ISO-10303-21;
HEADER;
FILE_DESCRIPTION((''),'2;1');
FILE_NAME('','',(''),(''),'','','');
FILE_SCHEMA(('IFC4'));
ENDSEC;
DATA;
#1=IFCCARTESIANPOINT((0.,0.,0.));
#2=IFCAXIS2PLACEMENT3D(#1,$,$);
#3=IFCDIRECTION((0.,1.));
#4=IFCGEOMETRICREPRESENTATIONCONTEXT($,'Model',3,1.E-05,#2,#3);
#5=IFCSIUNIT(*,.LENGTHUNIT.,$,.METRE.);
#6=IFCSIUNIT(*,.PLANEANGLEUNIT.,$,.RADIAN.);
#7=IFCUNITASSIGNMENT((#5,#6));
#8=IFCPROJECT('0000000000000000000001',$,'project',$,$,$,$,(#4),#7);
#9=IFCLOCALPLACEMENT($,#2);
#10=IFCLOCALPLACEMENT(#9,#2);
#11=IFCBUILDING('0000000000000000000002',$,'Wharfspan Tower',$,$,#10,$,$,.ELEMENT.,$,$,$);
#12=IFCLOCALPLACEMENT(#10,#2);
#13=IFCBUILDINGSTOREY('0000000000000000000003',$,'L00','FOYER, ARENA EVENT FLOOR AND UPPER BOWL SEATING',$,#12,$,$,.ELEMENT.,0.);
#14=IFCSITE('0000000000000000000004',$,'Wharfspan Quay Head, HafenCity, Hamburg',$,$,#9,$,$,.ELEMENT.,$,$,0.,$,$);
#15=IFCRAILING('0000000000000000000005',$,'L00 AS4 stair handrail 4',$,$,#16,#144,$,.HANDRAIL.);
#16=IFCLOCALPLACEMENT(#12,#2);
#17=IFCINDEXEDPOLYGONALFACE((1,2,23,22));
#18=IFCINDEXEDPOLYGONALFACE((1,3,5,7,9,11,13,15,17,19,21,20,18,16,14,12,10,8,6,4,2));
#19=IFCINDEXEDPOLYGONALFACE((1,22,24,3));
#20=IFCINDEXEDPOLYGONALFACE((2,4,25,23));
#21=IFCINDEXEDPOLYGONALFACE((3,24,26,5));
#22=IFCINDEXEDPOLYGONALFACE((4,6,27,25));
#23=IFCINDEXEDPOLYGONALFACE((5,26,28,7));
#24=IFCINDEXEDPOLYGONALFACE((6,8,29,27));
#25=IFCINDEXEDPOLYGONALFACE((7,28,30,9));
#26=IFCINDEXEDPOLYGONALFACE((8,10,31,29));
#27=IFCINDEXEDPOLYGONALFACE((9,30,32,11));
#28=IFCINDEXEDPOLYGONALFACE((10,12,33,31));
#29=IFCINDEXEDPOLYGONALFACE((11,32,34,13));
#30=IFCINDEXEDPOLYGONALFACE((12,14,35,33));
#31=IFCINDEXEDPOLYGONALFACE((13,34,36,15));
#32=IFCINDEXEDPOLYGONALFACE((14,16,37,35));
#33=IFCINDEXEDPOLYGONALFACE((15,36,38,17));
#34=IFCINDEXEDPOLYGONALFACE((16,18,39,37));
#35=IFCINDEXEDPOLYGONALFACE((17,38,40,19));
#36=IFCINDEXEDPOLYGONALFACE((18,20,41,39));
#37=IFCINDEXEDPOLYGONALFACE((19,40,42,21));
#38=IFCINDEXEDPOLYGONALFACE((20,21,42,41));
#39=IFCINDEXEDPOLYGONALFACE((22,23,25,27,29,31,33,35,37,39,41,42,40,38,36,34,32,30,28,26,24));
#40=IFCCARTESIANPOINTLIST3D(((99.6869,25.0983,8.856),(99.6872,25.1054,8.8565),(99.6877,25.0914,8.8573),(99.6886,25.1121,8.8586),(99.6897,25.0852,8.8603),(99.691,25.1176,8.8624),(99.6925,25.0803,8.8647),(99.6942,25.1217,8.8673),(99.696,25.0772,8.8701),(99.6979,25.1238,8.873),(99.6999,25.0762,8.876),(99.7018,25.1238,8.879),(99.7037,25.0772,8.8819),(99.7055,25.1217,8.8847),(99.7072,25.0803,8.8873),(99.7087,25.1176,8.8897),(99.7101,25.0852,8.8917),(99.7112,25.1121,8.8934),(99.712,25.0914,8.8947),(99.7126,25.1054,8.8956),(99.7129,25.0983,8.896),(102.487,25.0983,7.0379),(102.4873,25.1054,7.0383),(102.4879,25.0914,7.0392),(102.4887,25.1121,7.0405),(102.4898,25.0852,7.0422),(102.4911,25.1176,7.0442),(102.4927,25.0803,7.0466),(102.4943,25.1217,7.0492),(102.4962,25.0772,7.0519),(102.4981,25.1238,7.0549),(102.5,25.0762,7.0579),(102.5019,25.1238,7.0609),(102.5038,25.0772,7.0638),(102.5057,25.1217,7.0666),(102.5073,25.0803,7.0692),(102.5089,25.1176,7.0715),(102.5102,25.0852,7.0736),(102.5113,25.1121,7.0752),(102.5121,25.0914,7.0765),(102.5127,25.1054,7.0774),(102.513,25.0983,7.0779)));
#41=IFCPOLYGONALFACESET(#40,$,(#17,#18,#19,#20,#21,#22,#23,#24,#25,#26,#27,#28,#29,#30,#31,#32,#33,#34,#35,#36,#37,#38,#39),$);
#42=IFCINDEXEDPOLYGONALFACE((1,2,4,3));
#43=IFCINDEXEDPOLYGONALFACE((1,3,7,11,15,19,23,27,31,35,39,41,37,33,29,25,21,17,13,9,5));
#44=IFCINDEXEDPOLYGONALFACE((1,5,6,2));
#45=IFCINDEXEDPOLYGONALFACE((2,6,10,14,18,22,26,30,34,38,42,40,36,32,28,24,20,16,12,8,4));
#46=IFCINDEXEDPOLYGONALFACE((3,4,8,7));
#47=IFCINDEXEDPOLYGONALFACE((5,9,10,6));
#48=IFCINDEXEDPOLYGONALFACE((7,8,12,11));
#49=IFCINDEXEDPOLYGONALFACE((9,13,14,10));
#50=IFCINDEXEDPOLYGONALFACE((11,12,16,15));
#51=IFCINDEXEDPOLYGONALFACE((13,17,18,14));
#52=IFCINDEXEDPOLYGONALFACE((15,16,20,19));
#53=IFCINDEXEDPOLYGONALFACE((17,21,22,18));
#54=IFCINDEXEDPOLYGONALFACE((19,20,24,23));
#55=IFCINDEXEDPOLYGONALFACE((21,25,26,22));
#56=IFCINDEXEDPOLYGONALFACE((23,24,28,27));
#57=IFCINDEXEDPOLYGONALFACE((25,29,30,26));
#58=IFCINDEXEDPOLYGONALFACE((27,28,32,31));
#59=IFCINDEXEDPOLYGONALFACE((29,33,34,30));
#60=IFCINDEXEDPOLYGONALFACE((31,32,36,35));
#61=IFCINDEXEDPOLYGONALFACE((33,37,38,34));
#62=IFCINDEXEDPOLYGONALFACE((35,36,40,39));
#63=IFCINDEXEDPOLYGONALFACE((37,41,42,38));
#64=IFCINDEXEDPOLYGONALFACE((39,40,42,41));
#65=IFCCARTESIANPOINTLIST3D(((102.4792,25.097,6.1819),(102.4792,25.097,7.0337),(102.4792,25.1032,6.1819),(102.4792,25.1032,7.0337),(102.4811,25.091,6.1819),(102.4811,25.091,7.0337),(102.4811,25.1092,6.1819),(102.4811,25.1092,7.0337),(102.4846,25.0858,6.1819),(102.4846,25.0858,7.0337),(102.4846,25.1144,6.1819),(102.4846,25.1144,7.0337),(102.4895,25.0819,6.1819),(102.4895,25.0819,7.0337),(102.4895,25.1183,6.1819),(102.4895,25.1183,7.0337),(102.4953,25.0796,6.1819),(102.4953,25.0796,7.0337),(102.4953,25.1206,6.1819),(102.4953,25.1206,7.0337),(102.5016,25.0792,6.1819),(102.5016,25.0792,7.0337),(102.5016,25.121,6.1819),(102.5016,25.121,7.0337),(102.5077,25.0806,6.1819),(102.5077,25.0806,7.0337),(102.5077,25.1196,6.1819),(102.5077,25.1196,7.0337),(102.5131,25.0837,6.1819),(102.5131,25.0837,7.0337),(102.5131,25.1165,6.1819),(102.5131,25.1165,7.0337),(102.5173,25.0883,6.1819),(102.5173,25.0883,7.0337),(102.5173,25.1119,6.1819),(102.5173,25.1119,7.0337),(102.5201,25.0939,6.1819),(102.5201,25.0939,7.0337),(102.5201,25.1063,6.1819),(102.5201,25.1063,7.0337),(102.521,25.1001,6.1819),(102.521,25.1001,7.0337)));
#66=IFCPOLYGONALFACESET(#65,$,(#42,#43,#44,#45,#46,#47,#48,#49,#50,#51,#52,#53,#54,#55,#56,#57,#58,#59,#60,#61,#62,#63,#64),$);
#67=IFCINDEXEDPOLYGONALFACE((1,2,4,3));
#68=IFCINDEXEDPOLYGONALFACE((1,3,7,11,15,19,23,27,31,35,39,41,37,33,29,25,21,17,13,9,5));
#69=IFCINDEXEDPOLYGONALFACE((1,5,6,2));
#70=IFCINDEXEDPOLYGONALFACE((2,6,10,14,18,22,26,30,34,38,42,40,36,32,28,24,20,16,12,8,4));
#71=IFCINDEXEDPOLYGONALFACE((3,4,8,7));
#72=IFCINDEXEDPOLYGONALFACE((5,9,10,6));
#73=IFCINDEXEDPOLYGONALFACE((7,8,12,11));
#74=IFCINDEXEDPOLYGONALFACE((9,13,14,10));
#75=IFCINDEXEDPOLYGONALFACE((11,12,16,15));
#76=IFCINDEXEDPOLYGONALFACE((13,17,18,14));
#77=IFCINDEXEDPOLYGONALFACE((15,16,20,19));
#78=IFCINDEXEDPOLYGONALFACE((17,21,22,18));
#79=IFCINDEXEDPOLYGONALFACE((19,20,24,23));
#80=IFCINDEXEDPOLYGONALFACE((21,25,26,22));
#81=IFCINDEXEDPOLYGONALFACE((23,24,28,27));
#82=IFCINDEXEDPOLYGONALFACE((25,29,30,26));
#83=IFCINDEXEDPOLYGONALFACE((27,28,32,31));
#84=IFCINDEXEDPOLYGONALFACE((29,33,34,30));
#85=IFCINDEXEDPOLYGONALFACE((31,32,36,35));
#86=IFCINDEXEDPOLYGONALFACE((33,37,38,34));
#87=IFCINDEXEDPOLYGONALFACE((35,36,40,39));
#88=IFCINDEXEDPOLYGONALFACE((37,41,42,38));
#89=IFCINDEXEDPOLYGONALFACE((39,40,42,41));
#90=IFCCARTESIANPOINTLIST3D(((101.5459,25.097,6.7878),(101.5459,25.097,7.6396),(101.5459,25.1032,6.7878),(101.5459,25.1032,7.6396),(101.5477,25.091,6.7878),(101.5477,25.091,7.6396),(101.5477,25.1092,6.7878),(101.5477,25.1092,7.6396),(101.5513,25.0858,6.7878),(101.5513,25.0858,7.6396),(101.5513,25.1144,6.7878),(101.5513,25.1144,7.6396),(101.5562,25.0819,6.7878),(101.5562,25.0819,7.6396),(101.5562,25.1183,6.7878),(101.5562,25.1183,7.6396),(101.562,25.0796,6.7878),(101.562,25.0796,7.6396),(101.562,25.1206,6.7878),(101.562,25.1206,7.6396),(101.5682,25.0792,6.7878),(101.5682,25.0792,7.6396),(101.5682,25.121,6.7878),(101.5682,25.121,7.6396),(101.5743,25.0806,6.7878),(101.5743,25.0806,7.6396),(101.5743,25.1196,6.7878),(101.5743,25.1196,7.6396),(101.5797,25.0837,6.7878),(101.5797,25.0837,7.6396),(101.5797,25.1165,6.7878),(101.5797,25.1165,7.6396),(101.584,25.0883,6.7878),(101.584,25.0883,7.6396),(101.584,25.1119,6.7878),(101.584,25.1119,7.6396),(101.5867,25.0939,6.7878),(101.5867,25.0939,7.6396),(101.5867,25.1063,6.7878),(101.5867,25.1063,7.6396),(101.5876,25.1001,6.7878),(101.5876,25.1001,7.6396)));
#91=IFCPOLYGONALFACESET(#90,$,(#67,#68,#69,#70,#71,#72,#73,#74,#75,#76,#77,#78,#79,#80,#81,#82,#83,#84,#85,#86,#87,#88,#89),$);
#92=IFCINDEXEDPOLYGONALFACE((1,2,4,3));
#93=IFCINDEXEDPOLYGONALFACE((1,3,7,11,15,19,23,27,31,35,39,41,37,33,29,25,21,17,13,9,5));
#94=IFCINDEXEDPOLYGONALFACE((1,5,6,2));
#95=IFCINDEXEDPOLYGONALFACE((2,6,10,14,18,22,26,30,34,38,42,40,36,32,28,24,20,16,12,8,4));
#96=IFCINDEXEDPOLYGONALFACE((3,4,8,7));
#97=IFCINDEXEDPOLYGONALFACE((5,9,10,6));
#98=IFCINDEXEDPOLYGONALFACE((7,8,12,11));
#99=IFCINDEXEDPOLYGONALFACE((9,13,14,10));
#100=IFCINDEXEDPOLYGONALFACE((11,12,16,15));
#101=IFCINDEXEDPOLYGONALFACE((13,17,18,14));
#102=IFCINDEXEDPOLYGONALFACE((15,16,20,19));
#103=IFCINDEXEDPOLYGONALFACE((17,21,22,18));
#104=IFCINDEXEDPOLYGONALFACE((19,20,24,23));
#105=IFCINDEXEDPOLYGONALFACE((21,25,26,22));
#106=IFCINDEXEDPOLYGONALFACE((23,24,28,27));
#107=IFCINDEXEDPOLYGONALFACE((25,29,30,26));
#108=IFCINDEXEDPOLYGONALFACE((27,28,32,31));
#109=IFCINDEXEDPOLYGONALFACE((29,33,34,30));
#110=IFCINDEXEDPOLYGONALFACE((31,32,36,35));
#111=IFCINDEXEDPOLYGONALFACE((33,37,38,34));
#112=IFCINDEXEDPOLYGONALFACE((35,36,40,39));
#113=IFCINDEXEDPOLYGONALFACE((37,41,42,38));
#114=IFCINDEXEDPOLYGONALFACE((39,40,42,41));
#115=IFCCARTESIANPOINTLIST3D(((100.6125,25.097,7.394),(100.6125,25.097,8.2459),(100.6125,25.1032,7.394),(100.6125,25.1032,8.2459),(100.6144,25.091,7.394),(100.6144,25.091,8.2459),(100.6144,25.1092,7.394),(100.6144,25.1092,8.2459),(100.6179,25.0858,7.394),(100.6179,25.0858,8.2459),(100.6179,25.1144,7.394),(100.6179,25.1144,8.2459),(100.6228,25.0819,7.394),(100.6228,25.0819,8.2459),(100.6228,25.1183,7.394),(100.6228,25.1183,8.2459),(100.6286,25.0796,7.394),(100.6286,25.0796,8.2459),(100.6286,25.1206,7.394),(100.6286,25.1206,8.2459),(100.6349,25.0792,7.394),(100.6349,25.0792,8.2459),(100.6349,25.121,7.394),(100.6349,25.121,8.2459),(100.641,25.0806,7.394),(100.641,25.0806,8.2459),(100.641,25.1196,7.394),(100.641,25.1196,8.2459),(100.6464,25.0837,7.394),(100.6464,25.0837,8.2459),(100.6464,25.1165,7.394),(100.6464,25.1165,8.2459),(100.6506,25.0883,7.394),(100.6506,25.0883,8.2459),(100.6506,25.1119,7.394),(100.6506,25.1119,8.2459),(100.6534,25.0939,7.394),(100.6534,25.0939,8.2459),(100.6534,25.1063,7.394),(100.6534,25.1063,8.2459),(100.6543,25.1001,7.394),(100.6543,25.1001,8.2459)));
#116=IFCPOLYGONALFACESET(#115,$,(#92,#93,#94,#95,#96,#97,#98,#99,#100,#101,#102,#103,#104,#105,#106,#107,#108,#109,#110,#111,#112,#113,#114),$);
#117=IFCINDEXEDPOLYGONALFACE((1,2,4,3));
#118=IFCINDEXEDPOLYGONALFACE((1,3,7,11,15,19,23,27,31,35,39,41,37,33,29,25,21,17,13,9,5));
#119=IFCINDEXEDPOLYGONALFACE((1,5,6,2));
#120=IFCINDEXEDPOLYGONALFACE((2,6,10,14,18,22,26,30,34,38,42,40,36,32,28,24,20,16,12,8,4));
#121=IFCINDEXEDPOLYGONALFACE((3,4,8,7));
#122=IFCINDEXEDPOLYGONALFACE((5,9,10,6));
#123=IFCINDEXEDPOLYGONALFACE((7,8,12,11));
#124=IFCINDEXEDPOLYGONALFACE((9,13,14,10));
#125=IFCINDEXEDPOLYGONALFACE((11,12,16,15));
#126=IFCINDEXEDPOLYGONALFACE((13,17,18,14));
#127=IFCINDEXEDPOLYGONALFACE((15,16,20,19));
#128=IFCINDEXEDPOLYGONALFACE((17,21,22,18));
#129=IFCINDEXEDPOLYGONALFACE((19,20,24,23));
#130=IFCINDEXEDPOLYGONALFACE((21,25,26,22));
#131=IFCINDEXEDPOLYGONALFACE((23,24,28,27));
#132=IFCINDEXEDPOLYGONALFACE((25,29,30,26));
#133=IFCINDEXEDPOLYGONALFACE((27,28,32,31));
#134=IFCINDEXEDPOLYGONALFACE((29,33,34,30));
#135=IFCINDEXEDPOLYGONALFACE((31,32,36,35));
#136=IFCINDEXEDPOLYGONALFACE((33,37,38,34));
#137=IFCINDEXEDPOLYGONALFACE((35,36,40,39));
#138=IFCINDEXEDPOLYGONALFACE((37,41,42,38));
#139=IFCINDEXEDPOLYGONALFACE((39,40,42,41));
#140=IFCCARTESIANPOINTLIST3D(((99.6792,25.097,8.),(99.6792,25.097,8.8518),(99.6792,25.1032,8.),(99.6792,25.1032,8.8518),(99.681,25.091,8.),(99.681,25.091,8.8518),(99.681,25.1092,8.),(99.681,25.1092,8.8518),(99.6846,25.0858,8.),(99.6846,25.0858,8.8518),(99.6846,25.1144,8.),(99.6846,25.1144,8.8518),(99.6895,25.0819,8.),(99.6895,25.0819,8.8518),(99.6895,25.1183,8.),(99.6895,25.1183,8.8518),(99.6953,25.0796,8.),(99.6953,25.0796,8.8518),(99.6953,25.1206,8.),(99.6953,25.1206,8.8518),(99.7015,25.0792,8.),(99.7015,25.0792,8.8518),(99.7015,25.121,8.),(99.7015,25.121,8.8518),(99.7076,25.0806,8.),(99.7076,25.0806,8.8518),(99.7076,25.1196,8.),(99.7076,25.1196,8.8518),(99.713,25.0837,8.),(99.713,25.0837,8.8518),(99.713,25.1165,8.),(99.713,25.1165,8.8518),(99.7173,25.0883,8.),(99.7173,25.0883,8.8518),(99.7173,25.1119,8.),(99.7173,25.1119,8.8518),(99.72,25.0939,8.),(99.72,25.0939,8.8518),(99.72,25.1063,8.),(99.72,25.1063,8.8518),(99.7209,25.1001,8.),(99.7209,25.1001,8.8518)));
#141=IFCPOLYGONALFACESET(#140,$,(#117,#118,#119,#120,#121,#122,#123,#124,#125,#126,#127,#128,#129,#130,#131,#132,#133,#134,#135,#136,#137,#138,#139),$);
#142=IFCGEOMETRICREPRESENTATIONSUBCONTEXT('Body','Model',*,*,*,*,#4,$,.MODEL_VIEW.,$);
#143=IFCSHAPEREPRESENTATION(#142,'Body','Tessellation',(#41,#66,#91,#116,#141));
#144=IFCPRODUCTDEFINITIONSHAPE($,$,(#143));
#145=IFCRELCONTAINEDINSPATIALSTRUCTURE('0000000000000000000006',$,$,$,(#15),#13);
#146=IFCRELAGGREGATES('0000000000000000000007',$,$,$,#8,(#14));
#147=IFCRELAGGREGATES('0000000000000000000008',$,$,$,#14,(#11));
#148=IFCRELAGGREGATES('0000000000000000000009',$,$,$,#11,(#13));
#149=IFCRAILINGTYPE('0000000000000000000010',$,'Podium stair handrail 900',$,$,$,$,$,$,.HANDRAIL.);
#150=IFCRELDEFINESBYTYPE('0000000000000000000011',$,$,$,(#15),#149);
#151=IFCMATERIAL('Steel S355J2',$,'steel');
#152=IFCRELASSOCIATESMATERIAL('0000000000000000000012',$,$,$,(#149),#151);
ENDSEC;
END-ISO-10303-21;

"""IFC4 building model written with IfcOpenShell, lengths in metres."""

from ifc_helpers import new_model, si_unit, direction, frame, origin, origin_2d, place, context, subcontext, project, spatial, circle, extrude, material, type_object, element, save


model = new_model("IFC4")

# Units and contexts
model_context = context("Model", 3, precision=1e-05, world=origin(), true_north=direction((0.0, 1.0)))
body_context = subcontext(model_context, "Body", "Model", "MODEL_VIEW")
ifc_project = project(units=[si_unit("LENGTHUNIT", "METRE"), si_unit("PLANEANGLEUNIT", "RADIAN")], contexts=[model_context])

# Site, building, storey
site_placement = place(None, origin())
site = spatial("IfcSite", under=ifc_project, at=site_placement, Name="Wharfspan Quay Head, HafenCity, Hamburg", CompositionType="ELEMENT", RefElevation=0.0)
building_placement = place(site_placement, origin())
building = spatial("IfcBuilding", under=site, at=building_placement, Name="Wharfspan Tower", CompositionType="ELEMENT")
storey_placement = place(building_placement, origin())
storey = spatial("IfcBuildingStorey", under=building, at=storey_placement, Name="L00", Description="FOYER, ARENA EVENT FLOOR AND UPPER BOWL SEATING", CompositionType="ELEMENT", Elevation=0.0)

# Shared definitions
ifc_material_1 = material(Name="Steel S355J2", Category="steel")

# Railing
railing_type_1 = type_object("IfcRailingType", Name="Podium stair handrail 900", PredefinedType="HANDRAIL", material=ifc_material_1)
railing_1_placement = place(storey_placement, frame((102.5, 25.1001, 6.1819)))
element("IfcRailing", 1, at=railing_1_placement, inside=storey, type_object=railing_type_1, Name="L00 AS4 stair handrail 4", PredefinedType="HANDRAIL", context=body_context, shape_type="SweptSolid", body=[
    extrude(circle(Radius=0.0239, at=origin_2d()), frame((0.0, 0.0, 0.876), z_axis=(-0.838706, 0.0, 0.544585), x_axis=(0.0, -1.0, 0.0)), (0.0, 0.0, 1.0), 3.3386),
    extrude(circle(Radius=0.021, at=origin_2d()), origin(), (0.0, 0.0, 1.0), 0.8518),
    extrude(circle(Radius=0.021, at=origin_2d()), frame((-0.9334, 0.0, 0.606)), (0.0, 0.0, 1.0), 0.8518),
    extrude(circle(Radius=0.021, at=origin_2d()), frame((-1.8667, 0.0, 1.2122)), (0.0, 0.0, 1.0), 0.8518),
    extrude(circle(Radius=0.021, at=origin_2d()), frame((-2.8, 0.0, 1.8181)), (0.0, 0.0, 1.0), 0.8518),
])

save(model, "model.ifc")
